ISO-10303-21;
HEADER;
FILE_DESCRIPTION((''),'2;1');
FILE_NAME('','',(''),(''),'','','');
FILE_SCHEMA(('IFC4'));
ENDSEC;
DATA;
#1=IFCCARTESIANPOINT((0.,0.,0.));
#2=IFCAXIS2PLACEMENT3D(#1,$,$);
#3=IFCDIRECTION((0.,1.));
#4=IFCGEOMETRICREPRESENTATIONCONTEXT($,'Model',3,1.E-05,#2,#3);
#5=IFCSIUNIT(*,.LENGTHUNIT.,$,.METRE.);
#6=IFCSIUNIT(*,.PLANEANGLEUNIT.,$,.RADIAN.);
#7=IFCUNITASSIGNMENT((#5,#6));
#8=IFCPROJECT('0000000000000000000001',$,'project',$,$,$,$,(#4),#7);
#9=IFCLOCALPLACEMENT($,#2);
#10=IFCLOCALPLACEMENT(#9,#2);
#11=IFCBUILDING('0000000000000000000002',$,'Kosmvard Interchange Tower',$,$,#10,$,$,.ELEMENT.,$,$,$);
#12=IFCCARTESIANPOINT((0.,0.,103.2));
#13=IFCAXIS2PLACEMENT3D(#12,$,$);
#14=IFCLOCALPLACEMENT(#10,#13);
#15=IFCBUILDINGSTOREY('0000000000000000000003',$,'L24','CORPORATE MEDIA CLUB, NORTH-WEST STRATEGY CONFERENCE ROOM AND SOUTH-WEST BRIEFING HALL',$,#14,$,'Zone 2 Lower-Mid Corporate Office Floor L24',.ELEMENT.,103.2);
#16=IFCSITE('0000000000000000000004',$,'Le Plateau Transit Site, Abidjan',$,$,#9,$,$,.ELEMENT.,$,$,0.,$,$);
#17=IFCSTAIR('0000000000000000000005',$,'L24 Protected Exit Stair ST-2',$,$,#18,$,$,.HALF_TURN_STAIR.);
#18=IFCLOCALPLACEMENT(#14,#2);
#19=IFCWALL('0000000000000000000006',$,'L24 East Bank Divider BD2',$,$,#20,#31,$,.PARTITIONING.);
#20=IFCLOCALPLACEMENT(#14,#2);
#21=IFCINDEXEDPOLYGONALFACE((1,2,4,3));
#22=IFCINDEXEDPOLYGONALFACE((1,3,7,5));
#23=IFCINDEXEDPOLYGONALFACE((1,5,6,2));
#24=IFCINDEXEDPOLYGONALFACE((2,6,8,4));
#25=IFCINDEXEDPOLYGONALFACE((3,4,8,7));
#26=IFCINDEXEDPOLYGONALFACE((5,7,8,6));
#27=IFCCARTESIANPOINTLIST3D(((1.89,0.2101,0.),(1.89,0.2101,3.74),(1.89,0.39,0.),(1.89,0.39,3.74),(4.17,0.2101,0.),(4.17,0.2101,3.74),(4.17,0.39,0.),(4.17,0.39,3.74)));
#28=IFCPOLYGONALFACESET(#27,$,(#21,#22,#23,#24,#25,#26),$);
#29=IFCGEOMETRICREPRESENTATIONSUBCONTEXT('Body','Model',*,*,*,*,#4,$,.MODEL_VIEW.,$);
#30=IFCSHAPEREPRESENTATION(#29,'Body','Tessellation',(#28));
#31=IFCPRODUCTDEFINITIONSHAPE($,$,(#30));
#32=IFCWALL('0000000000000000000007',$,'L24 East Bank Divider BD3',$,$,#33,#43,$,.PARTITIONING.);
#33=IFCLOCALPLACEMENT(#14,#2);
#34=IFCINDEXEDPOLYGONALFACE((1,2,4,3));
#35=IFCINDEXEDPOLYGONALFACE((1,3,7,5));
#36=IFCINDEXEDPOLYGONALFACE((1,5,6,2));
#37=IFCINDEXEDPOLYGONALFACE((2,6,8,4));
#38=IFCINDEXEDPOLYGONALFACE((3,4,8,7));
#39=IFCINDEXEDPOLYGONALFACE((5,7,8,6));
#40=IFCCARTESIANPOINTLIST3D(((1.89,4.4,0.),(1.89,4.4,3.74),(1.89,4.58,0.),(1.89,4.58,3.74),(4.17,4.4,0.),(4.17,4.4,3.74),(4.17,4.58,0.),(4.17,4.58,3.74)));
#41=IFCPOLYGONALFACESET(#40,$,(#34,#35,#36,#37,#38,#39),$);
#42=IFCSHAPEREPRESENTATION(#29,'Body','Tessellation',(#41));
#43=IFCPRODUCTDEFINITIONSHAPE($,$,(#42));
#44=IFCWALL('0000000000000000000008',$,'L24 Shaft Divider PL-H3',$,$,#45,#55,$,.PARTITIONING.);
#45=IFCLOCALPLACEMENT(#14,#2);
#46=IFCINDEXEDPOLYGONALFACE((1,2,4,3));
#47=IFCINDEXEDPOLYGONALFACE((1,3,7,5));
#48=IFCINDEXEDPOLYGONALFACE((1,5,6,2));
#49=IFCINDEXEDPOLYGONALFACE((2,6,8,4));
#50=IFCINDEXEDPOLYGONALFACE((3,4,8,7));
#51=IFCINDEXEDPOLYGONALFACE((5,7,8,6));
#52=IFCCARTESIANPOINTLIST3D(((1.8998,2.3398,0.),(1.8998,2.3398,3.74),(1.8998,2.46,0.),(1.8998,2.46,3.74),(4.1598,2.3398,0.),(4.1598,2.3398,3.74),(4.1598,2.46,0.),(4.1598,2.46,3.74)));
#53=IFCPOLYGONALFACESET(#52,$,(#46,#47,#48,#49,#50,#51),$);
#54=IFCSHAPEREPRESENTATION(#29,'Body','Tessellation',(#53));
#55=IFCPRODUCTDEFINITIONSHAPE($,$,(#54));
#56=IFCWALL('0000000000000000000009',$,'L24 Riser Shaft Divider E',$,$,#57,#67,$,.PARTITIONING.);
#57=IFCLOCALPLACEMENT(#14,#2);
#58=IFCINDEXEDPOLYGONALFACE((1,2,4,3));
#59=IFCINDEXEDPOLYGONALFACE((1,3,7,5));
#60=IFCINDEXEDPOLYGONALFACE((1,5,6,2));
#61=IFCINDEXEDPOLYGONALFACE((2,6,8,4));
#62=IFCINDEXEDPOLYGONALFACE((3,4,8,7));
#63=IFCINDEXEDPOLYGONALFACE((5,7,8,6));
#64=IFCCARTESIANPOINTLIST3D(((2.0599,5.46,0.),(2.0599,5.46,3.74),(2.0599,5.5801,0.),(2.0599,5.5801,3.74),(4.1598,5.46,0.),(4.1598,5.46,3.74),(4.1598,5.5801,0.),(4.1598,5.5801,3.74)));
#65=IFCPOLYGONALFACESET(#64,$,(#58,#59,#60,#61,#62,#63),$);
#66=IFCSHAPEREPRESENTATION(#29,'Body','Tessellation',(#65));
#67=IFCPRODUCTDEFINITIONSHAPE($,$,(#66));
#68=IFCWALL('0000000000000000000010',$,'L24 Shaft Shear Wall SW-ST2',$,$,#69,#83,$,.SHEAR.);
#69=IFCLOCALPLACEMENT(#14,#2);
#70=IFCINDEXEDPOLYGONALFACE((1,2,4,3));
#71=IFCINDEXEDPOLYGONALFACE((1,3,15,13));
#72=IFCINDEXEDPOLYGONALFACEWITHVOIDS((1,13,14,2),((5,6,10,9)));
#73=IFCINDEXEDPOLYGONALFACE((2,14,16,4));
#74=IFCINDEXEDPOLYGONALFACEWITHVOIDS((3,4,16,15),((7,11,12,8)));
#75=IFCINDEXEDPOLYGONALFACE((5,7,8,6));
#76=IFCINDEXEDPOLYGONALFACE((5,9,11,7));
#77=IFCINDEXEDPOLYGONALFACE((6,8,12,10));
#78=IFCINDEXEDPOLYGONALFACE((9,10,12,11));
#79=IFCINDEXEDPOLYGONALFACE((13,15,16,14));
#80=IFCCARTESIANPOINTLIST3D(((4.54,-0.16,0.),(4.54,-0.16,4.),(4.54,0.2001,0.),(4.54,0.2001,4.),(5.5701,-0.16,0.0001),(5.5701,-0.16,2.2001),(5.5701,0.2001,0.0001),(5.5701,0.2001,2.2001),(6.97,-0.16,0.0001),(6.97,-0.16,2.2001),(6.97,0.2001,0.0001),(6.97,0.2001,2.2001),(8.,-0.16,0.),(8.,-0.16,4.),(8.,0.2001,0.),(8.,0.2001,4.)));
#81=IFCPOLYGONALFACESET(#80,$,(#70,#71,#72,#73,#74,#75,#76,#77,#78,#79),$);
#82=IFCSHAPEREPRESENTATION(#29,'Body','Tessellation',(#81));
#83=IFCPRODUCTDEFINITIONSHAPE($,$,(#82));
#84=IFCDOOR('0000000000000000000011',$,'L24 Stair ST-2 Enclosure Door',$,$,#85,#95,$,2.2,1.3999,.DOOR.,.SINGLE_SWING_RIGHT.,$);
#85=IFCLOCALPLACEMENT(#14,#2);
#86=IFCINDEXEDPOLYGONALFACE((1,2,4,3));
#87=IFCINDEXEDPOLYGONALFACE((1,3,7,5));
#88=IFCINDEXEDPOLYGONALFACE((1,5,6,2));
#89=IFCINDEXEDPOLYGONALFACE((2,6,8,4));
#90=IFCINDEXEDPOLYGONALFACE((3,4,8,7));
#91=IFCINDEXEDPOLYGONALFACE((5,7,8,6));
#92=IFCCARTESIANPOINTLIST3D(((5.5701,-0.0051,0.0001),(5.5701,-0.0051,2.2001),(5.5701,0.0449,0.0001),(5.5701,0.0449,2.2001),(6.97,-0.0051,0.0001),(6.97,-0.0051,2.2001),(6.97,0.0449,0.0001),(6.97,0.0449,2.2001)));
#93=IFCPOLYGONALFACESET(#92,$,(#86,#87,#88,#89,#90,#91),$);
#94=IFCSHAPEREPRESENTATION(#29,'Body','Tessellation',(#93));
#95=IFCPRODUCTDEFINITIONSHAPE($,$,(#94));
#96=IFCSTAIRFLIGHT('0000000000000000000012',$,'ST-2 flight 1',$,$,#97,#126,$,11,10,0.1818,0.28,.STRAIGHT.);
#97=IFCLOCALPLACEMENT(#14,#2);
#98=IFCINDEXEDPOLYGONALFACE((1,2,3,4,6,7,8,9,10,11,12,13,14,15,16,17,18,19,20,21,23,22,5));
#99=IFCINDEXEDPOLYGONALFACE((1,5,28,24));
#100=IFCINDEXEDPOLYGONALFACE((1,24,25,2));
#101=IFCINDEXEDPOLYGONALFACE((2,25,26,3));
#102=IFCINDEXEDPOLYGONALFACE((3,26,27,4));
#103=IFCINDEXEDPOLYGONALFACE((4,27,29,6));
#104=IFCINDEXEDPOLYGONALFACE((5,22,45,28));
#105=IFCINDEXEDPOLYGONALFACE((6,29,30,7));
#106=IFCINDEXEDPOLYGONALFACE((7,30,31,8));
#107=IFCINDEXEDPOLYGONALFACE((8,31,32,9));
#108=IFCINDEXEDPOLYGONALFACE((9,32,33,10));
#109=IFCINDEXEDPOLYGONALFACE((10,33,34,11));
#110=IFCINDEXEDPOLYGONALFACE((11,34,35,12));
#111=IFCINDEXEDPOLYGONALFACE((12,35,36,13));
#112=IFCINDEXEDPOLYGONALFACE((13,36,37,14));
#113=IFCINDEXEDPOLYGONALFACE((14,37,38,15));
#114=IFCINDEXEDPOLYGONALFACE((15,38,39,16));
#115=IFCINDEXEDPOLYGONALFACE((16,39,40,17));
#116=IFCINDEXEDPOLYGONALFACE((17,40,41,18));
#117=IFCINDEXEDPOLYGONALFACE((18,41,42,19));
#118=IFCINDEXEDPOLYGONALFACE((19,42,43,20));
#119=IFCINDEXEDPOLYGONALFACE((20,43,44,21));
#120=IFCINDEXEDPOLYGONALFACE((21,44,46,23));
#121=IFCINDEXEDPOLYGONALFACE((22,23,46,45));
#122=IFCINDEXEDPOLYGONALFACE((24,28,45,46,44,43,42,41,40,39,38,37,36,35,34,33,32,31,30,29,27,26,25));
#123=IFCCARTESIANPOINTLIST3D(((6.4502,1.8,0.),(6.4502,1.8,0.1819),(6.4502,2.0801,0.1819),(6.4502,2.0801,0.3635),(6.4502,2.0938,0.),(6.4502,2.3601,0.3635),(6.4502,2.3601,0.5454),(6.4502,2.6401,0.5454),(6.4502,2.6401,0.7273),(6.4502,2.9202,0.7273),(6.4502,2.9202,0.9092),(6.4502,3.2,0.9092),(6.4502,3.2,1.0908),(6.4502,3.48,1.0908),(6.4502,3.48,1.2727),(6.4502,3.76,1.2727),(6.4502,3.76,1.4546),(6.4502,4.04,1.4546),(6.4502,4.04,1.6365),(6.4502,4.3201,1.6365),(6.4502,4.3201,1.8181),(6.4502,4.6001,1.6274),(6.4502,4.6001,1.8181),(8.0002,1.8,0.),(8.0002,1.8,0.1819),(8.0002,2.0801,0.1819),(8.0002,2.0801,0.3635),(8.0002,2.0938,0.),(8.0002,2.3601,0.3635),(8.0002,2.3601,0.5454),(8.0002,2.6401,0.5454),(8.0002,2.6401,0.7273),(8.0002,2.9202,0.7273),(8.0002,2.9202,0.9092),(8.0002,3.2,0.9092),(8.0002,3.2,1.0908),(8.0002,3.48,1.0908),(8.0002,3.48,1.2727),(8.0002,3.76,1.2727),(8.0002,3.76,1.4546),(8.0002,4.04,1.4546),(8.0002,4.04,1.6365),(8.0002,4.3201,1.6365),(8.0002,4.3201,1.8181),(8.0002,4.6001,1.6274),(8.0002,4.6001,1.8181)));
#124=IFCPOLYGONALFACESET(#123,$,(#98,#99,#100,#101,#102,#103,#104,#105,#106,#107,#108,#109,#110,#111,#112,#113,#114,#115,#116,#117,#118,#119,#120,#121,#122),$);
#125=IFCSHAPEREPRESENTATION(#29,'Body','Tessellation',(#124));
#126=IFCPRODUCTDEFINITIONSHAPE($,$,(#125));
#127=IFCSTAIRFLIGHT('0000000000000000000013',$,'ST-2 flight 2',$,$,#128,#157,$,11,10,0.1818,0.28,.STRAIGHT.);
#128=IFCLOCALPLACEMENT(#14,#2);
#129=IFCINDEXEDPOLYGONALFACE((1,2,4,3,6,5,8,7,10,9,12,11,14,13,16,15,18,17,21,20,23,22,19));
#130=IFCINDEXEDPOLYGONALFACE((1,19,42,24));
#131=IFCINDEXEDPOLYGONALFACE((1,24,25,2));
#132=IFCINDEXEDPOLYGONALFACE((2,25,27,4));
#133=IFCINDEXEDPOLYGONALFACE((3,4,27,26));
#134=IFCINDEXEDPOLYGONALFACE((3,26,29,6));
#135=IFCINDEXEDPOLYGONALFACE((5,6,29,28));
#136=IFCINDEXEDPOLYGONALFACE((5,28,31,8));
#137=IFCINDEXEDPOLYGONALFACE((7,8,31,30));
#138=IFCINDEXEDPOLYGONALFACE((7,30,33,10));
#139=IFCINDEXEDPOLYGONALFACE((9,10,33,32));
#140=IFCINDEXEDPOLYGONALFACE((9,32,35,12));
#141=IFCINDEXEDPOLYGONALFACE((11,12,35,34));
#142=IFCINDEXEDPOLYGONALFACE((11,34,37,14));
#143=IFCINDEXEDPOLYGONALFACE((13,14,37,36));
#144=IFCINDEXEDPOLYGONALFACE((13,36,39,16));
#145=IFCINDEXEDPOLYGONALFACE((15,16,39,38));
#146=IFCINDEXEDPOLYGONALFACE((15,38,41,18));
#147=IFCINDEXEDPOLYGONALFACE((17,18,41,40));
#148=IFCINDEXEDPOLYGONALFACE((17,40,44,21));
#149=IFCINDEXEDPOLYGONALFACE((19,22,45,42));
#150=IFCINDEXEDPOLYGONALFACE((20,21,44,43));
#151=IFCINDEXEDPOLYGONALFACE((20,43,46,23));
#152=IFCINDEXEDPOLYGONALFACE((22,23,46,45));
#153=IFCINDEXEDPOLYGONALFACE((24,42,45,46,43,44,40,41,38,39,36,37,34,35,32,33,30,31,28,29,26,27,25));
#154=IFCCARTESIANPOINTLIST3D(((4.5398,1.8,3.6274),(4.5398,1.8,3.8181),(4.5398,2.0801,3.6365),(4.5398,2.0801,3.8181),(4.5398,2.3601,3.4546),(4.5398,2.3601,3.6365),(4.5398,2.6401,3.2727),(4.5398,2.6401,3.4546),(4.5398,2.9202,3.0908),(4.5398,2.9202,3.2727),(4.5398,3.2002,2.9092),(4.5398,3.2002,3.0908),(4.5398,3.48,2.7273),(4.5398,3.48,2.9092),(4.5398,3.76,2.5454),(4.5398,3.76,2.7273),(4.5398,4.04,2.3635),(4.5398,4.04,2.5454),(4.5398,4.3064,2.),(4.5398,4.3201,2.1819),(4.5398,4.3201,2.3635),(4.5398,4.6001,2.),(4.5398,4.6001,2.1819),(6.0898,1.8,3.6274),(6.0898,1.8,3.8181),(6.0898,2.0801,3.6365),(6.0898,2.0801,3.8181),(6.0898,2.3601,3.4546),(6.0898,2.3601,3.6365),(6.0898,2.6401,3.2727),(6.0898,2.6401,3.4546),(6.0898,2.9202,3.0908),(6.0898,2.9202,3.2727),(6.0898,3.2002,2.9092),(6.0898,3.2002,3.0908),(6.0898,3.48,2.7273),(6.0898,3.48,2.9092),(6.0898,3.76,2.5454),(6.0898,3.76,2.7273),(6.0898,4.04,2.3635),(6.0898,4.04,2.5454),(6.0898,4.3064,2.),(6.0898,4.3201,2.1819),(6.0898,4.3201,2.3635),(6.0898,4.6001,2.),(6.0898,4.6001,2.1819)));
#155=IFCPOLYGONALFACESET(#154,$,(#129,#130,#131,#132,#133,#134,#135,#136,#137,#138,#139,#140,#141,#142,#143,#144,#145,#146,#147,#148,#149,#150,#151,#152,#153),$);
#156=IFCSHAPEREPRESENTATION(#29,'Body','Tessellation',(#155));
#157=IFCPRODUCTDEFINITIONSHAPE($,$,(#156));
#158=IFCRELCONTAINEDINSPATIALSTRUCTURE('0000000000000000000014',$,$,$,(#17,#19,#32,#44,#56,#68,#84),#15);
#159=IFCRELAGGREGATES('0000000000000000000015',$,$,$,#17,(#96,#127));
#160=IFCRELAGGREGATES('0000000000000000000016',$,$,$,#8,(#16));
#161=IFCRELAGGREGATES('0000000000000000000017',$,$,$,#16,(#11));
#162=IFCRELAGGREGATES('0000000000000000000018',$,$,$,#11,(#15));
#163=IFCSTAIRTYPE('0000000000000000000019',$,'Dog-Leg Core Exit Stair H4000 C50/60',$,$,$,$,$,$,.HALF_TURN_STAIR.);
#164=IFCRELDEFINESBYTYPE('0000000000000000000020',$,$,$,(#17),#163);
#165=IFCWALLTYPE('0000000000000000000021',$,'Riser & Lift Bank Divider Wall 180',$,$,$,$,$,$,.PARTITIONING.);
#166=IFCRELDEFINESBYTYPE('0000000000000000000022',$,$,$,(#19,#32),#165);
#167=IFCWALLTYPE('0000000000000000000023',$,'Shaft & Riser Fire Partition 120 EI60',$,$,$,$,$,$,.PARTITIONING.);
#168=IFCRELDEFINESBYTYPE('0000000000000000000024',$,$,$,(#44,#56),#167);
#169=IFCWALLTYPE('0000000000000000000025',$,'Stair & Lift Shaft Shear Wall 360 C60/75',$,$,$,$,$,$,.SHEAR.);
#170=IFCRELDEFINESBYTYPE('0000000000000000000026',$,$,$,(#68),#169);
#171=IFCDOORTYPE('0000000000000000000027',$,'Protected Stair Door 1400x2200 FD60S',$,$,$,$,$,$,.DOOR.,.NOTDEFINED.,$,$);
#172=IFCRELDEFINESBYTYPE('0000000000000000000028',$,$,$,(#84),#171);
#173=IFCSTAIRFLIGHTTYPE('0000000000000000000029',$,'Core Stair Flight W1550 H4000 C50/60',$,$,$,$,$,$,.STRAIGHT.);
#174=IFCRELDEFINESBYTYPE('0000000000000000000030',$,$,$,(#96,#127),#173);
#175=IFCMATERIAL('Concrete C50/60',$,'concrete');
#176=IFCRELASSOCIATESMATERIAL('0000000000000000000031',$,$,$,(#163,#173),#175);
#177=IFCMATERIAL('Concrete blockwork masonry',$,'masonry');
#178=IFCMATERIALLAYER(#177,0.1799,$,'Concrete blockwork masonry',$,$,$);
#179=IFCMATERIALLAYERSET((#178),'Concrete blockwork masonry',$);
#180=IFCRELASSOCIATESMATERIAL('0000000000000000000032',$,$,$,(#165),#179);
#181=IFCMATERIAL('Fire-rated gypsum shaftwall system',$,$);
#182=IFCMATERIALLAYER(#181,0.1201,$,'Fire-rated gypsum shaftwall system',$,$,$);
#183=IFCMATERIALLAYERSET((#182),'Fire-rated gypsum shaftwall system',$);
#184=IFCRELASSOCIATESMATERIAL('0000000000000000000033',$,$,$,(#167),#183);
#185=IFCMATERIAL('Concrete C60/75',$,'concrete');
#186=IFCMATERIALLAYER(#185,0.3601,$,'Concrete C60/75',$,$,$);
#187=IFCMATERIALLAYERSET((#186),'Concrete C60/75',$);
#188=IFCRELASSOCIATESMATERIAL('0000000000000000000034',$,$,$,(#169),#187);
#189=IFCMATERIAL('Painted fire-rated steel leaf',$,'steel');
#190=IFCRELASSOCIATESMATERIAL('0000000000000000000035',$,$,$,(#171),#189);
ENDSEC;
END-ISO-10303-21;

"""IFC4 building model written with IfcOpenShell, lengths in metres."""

from ifc_helpers import new_model, si_unit, direction, frame, frame_2d, origin, place, context, subcontext, project, spatial, polyline, rectangle, outline, extrude, source, transform, mapped, material, layer, layer_set, type_object, element, fill, aggregate, save


model = new_model("IFC4")

# Units and contexts
model_context = context("Model", 3, precision=1e-05, world=origin(), true_north=direction((0.0, 1.0)))
body_context = subcontext(model_context, "Body", "Model", "MODEL_VIEW")
ifc_project = project(units=[si_unit("LENGTHUNIT", "METRE"), si_unit("PLANEANGLEUNIT", "RADIAN")], contexts=[model_context])

# Site, building, storey
site_placement = place(None, origin())
site = spatial("IfcSite", under=ifc_project, at=site_placement, Name="Le Plateau Transit Site, Abidjan", CompositionType="ELEMENT", RefElevation=0.0)
building_placement = place(site_placement, origin())
building = spatial("IfcBuilding", under=site, at=building_placement, Name="Kosmvard Interchange Tower", CompositionType="ELEMENT")
storey_placement = place(building_placement, frame((0.0, 0.0, 103.2)))
storey = spatial("IfcBuildingStorey", under=building, at=storey_placement, Name="L24", Description="CORPORATE MEDIA CLUB, NORTH-WEST STRATEGY CONFERENCE ROOM AND SOUTH-WEST BRIEFING HALL", LongName="Zone 2 Lower-Mid Corporate Office Floor L24", CompositionType="ELEMENT", Elevation=103.2)

# Shared definitions
ifc_material_1 = material(Name="Concrete C60/75", Category="concrete")

# Stair
ifc_material_2 = material(Name="Concrete C50/60", Category="concrete")
stair_type = type_object("IfcStairType", Name="Dog-Leg Core Exit Stair H4000 C50/60", PredefinedType="HALF_TURN_STAIR", material=ifc_material_2)
stair_1_placement = place(storey_placement, origin())
stair_1 = element("IfcStair", 1, at=stair_1_placement, inside=storey, type_object=stair_type, Name="L24 Protected Exit Stair ST-2", PredefinedType="HALF_TURN_STAIR")

# Walls
ifc_material_3 = material(Name="Concrete blockwork masonry", Category="masonry")
ifc_layer_1 = layer(ifc_material_3, 0.1799, Name="Concrete blockwork masonry")
ifc_layer_set_1 = layer_set([ifc_layer_1], Name="Concrete blockwork masonry")
wall_type_1 = type_object("IfcWallType", Name="Riser & Lift Bank Divider Wall 180", PredefinedType="PARTITIONING", material=ifc_layer_set_1)
for number, where, z_axis, x_axis, name in (
    (2, (1.8899, 0.3, 0.0), (0.0, 0.0, 1.0), (1.0, 0.0, 0.0), "L24 East Bank Divider BD2"),
    (3, (1.8899, 4.49, 0.0), (0.0, 0.0, 1.0), (1.0, 0.0, 0.0), "L24 East Bank Divider BD3"),
):
    element("IfcWall", number, at=place(storey_placement, frame(where, z_axis=z_axis, x_axis=x_axis)), inside=storey, type_object=wall_type_1, Name=name, PredefinedType="PARTITIONING", context=body_context, shape_type="SweptSolid", body=[
        extrude(rectangle(XDim=2.28, YDim=0.1799, at=frame_2d((1.1401, 0.0))), origin(), (0.0, 0.0, 1.0), 3.74),
    ])
ifc_material_4 = material(Name="Fire-rated gypsum shaftwall system")
ifc_layer_2 = layer(ifc_material_4, 0.1201, Name="Fire-rated gypsum shaftwall system")
ifc_layer_set_2 = layer_set([ifc_layer_2], Name="Fire-rated gypsum shaftwall system")
wall_type_2 = type_object("IfcWallType", Name="Shaft & Riser Fire Partition 120 EI60", PredefinedType="PARTITIONING", material=ifc_layer_set_2)
wall_1_placement = place(storey_placement, frame((1.8999, 2.3999, 0.0), z_axis=(0.0, 0.0, 1.0), x_axis=(1.0, 0.0, 0.0)))
element("IfcWall", 4, at=wall_1_placement, inside=storey, type_object=wall_type_2, Name="L24 Shaft Divider PL-H3", PredefinedType="PARTITIONING", context=body_context, shape_type="SweptSolid", body=[
    extrude(rectangle(XDim=2.26, YDim=0.1201, at=frame_2d((1.1299, 0.0))), origin(), (0.0, 0.0, 1.0), 3.74),
])
wall_2_placement = place(storey_placement, frame((2.0601, 5.52, 0.0), z_axis=(0.0, 0.0, 1.0), x_axis=(1.0, 0.0, 0.0)))
element("IfcWall", 5, at=wall_2_placement, inside=storey, type_object=wall_type_2, Name="L24 Riser Shaft Divider E", PredefinedType="PARTITIONING", context=body_context, shape_type="SweptSolid", body=[
    extrude(rectangle(XDim=2.0999, YDim=0.1201, at=frame_2d((1.0498, 0.0))), origin(), (0.0, 0.0, 1.0), 3.74),
])

# Wall, opening, door
ifc_layer_3 = layer(ifc_material_1, 0.3601, Name="Concrete C60/75")
ifc_layer_set_3 = layer_set([ifc_layer_3], Name="Concrete C60/75")
wall_type_3 = type_object("IfcWallType", Name="Stair & Lift Shaft Shear Wall 360 C60/75", PredefinedType="SHEAR", material=ifc_layer_set_3)
wall_3_placement = place(storey_placement, frame((4.54, 0.02, 0.0), z_axis=(0.0, 0.0, 1.0), x_axis=(1.0, 0.0, 0.0)))
wall_3 = element("IfcWall", 6, at=wall_3_placement, inside=storey, type_object=wall_type_3, Name="L24 Shaft Shear Wall SW-ST2", PredefinedType="SHEAR", context=body_context, shape_type="SweptSolid", body=[
    extrude(rectangle(XDim=3.46, YDim=0.3601, at=frame_2d((1.73, 0.0))), origin(), (0.0, 0.0, 1.0), 4.0),
])
opening_placement = place(wall_3_placement, frame((1.03, 0.0, 0.0)))
opening = element("IfcOpeningElement", 7, at=opening_placement, cuts=wall_3, PredefinedType="OPENING", context=body_context, shape_type="SweptSolid", body=[
    extrude(rectangle(XDim=1.3999, YDim=2.2, at=frame_2d((0.7, 1.1001))), frame((0.0, 0.1899, 0.0), z_axis=(0.0, -1.0, 0.0), x_axis=(1.0, 0.0, 0.0)), (0.0, 0.0, 1.0), 0.3801),
])
ifc_material_5 = material(Name="Painted fire-rated steel leaf", Category="steel")
door_type = type_object("IfcDoorType", Name="Protected Stair Door 1400x2200 FD60S", OperationType="NOTDEFINED", PredefinedType="DOOR", material=ifc_material_5)
shared_shape_1 = source(origin(), body_context, "Body", "SweptSolid", [
    extrude(rectangle(XDim=1.3999, YDim=2.2, at=frame_2d((0.7, 1.1001))), frame((0.0, 0.0249, 0.0), z_axis=(0.0, -1.0, 0.0), x_axis=(1.0, 0.0, 0.0)), (0.0, 0.0, 1.0), 0.05),
])
door_placement = place(opening_placement, origin())
door = element("IfcDoor", 8, at=door_placement, inside=storey, type_object=door_type, Name="L24 Stair ST-2 Enclosure Door", OperationType="SINGLE_SWING_RIGHT", OverallHeight=2.2, OverallWidth=1.3999, PredefinedType="DOOR", context=body_context, shape_type="MappedRepresentation", body=[
    mapped(shared_shape_1, transform((0.0, 0.0, 0.0), scale=1.0)),
])
fill(opening, door)

# Stair flights
stair_flight_type = type_object("IfcStairFlightType", Name="Core Stair Flight W1550 H4000 C50/60", PredefinedType="STRAIGHT", material=ifc_material_2)
shared_shape_2 = source(origin(), body_context, "Body", "SweptSolid", [
    extrude(outline(polyline([(0.0, 0.0), (0.0, 0.1819), (0.28, 0.1819), (0.28, 0.3635), (0.5601, 0.3635), (0.5601, 0.5454), (0.8401, 0.5454), (0.8401, 0.7273), (1.1201, 0.7273), (1.1201, 0.9092), (1.3999, 0.9092), (1.3999, 1.0908), (1.6799, 1.0908), (1.6799, 1.2727), (1.96, 1.2727), (1.96, 1.4546), (2.24, 1.4546), (2.24, 1.6365), (2.52, 1.6365), (2.52, 1.8181), (2.8, 1.8181), (2.8, 2.0), (2.8, 1.6274), (0.2937, 0.0), (0.0, 0.0)])), frame((0.0, 0.7749, 0.0), z_axis=(0.0, -1.0, 0.0), x_axis=(1.0, 0.0, 0.0)), (0.0, 0.0, 1.0), 1.55),
])
stair_flight_1_placement = place(storey_placement, frame((7.2251, 1.8, 0.0), z_axis=(0.0, 0.0, 1.0), x_axis=(0.0, 1.0, 0.0)))
stair_flight_1 = element("IfcStairFlight", 9, at=stair_flight_1_placement, type_object=stair_flight_type, Name="ST-2 flight 1", NumberOfRisers=11, NumberOfTreads=10, PredefinedType="STRAIGHT", RiserHeight=0.1818, TreadLength=0.28, context=body_context, shape_type="MappedRepresentation", body=[
    mapped(shared_shape_2, transform((0.0, 0.0, 0.0), scale=1.0)),
])
stair_flight_2_placement = place(storey_placement, frame((5.3149, 4.6001, 2.0), z_axis=(0.0, 0.0, 1.0), x_axis=(0.0, -1.0, 0.0)))
stair_flight_2 = element("IfcStairFlight", 10, at=stair_flight_2_placement, type_object=stair_flight_type, Name="ST-2 flight 2", NumberOfRisers=11, NumberOfTreads=10, PredefinedType="STRAIGHT", RiserHeight=0.1818, TreadLength=0.28, context=body_context, shape_type="MappedRepresentation", body=[
    mapped(shared_shape_2, transform((0.0, 0.0, 0.0), scale=1.0)),
])
aggregate(stair_1, [stair_flight_1, stair_flight_2])

save(model, "model.ifc")
